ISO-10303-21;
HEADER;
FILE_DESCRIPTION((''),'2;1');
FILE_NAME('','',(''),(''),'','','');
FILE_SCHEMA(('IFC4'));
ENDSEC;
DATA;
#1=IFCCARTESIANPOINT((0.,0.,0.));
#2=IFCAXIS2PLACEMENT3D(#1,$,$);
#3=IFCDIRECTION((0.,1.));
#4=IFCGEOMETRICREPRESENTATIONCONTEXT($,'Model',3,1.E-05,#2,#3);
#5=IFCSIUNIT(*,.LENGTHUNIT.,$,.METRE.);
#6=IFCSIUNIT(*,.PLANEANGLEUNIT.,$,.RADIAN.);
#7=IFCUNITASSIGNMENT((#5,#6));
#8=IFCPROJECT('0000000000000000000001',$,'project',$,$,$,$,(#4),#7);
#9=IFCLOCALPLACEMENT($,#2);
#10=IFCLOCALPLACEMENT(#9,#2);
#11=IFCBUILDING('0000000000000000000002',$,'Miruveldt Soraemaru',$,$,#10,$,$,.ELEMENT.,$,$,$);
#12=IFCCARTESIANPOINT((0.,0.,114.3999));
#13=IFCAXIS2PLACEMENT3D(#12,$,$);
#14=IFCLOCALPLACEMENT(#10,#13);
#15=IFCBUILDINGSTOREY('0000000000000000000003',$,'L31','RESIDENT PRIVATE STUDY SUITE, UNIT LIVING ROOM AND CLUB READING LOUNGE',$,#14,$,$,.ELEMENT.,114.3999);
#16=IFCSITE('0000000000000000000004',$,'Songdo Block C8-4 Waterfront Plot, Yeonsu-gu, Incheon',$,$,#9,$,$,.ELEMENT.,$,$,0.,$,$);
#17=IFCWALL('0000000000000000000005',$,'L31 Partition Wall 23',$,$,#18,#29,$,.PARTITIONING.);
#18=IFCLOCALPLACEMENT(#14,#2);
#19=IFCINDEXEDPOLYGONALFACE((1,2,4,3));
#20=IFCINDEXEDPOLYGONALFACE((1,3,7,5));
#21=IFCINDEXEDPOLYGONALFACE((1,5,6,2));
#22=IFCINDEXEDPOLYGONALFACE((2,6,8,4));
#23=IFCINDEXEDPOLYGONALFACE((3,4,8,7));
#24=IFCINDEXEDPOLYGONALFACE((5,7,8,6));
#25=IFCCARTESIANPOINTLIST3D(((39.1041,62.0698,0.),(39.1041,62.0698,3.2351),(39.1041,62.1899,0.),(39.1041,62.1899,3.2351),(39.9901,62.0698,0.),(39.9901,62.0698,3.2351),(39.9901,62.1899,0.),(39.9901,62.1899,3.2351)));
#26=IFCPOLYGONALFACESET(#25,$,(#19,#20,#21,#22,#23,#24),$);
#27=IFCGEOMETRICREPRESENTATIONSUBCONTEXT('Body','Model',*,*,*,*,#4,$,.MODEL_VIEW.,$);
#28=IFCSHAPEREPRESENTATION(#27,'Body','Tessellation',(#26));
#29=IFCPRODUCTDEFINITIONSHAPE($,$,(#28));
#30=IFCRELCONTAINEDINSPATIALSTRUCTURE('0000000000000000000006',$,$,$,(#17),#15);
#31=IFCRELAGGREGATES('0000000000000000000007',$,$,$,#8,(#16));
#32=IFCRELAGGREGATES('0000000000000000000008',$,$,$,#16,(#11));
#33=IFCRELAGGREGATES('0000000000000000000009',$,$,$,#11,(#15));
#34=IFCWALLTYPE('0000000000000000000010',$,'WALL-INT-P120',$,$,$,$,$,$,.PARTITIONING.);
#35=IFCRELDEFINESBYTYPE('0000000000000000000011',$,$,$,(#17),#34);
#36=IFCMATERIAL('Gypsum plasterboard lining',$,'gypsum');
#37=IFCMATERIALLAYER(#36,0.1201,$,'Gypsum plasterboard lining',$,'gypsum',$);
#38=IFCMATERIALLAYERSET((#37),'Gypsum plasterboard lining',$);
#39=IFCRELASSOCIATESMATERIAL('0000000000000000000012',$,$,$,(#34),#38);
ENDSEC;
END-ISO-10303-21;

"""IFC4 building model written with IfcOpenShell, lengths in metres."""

from ifc_helpers import new_model, si_unit, direction, frame, frame_2d, origin, place, context, subcontext, project, spatial, rectangle, extrude, material, layer, layer_set, type_object, element, save


model = new_model("IFC4")

# Units and contexts
model_context = context("Model", 3, precision=1e-05, world=origin(), true_north=direction((0.0, 1.0)))
body_context = subcontext(model_context, "Body", "Model", "MODEL_VIEW")
ifc_project = project(units=[si_unit("LENGTHUNIT", "METRE"), si_unit("PLANEANGLEUNIT", "RADIAN")], contexts=[model_context])

# Site, building, storey
site_placement = place(None, origin())
site = spatial("IfcSite", under=ifc_project, at=site_placement, Name="Songdo Block C8-4 Waterfront Plot, Yeonsu-gu, Incheon", CompositionType="ELEMENT", RefElevation=0.0)
building_placement = place(site_placement, origin())
building = spatial("IfcBuilding", under=site, at=building_placement, Name="Miruveldt Soraemaru", CompositionType="ELEMENT")
storey_placement = place(building_placement, frame((0.0, 0.0, 114.3999)))
storey = spatial("IfcBuildingStorey", under=building, at=storey_placement, Name="L31", Description="RESIDENT PRIVATE STUDY SUITE, UNIT LIVING ROOM AND CLUB READING LOUNGE", CompositionType="ELEMENT", Elevation=114.3999)

# Shared definitions
ifc_material_1 = material(Name="Gypsum plasterboard lining", Category="gypsum")
ifc_layer_1 = layer(ifc_material_1, 0.1201, Name="Gypsum plasterboard lining", Category="gypsum")
ifc_layer_set_1 = layer_set([ifc_layer_1], Name="Gypsum plasterboard lining")
wall_type_1 = type_object("IfcWallType", Name="WALL-INT-P120", PredefinedType="PARTITIONING", material=ifc_layer_set_1)

# Wall
wall_1_placement = place(storey_placement, frame((39.99, 62.1299, 0.0), z_axis=(0.0, 0.0, 1.0), x_axis=(-1.0, 0.0, 0.0)))
element("IfcWall", 1, at=wall_1_placement, inside=storey, type_object=wall_type_1, Name="L31 Partition Wall 23", PredefinedType="PARTITIONING", context=body_context, shape_type="SweptSolid", body=[
    extrude(rectangle(XDim=0.886, YDim=0.1201, at=frame_2d((0.4429, 0.0))), origin(), (0.0, 0.0, 1.0), 3.2351),
])

save(model, "model.ifc")
